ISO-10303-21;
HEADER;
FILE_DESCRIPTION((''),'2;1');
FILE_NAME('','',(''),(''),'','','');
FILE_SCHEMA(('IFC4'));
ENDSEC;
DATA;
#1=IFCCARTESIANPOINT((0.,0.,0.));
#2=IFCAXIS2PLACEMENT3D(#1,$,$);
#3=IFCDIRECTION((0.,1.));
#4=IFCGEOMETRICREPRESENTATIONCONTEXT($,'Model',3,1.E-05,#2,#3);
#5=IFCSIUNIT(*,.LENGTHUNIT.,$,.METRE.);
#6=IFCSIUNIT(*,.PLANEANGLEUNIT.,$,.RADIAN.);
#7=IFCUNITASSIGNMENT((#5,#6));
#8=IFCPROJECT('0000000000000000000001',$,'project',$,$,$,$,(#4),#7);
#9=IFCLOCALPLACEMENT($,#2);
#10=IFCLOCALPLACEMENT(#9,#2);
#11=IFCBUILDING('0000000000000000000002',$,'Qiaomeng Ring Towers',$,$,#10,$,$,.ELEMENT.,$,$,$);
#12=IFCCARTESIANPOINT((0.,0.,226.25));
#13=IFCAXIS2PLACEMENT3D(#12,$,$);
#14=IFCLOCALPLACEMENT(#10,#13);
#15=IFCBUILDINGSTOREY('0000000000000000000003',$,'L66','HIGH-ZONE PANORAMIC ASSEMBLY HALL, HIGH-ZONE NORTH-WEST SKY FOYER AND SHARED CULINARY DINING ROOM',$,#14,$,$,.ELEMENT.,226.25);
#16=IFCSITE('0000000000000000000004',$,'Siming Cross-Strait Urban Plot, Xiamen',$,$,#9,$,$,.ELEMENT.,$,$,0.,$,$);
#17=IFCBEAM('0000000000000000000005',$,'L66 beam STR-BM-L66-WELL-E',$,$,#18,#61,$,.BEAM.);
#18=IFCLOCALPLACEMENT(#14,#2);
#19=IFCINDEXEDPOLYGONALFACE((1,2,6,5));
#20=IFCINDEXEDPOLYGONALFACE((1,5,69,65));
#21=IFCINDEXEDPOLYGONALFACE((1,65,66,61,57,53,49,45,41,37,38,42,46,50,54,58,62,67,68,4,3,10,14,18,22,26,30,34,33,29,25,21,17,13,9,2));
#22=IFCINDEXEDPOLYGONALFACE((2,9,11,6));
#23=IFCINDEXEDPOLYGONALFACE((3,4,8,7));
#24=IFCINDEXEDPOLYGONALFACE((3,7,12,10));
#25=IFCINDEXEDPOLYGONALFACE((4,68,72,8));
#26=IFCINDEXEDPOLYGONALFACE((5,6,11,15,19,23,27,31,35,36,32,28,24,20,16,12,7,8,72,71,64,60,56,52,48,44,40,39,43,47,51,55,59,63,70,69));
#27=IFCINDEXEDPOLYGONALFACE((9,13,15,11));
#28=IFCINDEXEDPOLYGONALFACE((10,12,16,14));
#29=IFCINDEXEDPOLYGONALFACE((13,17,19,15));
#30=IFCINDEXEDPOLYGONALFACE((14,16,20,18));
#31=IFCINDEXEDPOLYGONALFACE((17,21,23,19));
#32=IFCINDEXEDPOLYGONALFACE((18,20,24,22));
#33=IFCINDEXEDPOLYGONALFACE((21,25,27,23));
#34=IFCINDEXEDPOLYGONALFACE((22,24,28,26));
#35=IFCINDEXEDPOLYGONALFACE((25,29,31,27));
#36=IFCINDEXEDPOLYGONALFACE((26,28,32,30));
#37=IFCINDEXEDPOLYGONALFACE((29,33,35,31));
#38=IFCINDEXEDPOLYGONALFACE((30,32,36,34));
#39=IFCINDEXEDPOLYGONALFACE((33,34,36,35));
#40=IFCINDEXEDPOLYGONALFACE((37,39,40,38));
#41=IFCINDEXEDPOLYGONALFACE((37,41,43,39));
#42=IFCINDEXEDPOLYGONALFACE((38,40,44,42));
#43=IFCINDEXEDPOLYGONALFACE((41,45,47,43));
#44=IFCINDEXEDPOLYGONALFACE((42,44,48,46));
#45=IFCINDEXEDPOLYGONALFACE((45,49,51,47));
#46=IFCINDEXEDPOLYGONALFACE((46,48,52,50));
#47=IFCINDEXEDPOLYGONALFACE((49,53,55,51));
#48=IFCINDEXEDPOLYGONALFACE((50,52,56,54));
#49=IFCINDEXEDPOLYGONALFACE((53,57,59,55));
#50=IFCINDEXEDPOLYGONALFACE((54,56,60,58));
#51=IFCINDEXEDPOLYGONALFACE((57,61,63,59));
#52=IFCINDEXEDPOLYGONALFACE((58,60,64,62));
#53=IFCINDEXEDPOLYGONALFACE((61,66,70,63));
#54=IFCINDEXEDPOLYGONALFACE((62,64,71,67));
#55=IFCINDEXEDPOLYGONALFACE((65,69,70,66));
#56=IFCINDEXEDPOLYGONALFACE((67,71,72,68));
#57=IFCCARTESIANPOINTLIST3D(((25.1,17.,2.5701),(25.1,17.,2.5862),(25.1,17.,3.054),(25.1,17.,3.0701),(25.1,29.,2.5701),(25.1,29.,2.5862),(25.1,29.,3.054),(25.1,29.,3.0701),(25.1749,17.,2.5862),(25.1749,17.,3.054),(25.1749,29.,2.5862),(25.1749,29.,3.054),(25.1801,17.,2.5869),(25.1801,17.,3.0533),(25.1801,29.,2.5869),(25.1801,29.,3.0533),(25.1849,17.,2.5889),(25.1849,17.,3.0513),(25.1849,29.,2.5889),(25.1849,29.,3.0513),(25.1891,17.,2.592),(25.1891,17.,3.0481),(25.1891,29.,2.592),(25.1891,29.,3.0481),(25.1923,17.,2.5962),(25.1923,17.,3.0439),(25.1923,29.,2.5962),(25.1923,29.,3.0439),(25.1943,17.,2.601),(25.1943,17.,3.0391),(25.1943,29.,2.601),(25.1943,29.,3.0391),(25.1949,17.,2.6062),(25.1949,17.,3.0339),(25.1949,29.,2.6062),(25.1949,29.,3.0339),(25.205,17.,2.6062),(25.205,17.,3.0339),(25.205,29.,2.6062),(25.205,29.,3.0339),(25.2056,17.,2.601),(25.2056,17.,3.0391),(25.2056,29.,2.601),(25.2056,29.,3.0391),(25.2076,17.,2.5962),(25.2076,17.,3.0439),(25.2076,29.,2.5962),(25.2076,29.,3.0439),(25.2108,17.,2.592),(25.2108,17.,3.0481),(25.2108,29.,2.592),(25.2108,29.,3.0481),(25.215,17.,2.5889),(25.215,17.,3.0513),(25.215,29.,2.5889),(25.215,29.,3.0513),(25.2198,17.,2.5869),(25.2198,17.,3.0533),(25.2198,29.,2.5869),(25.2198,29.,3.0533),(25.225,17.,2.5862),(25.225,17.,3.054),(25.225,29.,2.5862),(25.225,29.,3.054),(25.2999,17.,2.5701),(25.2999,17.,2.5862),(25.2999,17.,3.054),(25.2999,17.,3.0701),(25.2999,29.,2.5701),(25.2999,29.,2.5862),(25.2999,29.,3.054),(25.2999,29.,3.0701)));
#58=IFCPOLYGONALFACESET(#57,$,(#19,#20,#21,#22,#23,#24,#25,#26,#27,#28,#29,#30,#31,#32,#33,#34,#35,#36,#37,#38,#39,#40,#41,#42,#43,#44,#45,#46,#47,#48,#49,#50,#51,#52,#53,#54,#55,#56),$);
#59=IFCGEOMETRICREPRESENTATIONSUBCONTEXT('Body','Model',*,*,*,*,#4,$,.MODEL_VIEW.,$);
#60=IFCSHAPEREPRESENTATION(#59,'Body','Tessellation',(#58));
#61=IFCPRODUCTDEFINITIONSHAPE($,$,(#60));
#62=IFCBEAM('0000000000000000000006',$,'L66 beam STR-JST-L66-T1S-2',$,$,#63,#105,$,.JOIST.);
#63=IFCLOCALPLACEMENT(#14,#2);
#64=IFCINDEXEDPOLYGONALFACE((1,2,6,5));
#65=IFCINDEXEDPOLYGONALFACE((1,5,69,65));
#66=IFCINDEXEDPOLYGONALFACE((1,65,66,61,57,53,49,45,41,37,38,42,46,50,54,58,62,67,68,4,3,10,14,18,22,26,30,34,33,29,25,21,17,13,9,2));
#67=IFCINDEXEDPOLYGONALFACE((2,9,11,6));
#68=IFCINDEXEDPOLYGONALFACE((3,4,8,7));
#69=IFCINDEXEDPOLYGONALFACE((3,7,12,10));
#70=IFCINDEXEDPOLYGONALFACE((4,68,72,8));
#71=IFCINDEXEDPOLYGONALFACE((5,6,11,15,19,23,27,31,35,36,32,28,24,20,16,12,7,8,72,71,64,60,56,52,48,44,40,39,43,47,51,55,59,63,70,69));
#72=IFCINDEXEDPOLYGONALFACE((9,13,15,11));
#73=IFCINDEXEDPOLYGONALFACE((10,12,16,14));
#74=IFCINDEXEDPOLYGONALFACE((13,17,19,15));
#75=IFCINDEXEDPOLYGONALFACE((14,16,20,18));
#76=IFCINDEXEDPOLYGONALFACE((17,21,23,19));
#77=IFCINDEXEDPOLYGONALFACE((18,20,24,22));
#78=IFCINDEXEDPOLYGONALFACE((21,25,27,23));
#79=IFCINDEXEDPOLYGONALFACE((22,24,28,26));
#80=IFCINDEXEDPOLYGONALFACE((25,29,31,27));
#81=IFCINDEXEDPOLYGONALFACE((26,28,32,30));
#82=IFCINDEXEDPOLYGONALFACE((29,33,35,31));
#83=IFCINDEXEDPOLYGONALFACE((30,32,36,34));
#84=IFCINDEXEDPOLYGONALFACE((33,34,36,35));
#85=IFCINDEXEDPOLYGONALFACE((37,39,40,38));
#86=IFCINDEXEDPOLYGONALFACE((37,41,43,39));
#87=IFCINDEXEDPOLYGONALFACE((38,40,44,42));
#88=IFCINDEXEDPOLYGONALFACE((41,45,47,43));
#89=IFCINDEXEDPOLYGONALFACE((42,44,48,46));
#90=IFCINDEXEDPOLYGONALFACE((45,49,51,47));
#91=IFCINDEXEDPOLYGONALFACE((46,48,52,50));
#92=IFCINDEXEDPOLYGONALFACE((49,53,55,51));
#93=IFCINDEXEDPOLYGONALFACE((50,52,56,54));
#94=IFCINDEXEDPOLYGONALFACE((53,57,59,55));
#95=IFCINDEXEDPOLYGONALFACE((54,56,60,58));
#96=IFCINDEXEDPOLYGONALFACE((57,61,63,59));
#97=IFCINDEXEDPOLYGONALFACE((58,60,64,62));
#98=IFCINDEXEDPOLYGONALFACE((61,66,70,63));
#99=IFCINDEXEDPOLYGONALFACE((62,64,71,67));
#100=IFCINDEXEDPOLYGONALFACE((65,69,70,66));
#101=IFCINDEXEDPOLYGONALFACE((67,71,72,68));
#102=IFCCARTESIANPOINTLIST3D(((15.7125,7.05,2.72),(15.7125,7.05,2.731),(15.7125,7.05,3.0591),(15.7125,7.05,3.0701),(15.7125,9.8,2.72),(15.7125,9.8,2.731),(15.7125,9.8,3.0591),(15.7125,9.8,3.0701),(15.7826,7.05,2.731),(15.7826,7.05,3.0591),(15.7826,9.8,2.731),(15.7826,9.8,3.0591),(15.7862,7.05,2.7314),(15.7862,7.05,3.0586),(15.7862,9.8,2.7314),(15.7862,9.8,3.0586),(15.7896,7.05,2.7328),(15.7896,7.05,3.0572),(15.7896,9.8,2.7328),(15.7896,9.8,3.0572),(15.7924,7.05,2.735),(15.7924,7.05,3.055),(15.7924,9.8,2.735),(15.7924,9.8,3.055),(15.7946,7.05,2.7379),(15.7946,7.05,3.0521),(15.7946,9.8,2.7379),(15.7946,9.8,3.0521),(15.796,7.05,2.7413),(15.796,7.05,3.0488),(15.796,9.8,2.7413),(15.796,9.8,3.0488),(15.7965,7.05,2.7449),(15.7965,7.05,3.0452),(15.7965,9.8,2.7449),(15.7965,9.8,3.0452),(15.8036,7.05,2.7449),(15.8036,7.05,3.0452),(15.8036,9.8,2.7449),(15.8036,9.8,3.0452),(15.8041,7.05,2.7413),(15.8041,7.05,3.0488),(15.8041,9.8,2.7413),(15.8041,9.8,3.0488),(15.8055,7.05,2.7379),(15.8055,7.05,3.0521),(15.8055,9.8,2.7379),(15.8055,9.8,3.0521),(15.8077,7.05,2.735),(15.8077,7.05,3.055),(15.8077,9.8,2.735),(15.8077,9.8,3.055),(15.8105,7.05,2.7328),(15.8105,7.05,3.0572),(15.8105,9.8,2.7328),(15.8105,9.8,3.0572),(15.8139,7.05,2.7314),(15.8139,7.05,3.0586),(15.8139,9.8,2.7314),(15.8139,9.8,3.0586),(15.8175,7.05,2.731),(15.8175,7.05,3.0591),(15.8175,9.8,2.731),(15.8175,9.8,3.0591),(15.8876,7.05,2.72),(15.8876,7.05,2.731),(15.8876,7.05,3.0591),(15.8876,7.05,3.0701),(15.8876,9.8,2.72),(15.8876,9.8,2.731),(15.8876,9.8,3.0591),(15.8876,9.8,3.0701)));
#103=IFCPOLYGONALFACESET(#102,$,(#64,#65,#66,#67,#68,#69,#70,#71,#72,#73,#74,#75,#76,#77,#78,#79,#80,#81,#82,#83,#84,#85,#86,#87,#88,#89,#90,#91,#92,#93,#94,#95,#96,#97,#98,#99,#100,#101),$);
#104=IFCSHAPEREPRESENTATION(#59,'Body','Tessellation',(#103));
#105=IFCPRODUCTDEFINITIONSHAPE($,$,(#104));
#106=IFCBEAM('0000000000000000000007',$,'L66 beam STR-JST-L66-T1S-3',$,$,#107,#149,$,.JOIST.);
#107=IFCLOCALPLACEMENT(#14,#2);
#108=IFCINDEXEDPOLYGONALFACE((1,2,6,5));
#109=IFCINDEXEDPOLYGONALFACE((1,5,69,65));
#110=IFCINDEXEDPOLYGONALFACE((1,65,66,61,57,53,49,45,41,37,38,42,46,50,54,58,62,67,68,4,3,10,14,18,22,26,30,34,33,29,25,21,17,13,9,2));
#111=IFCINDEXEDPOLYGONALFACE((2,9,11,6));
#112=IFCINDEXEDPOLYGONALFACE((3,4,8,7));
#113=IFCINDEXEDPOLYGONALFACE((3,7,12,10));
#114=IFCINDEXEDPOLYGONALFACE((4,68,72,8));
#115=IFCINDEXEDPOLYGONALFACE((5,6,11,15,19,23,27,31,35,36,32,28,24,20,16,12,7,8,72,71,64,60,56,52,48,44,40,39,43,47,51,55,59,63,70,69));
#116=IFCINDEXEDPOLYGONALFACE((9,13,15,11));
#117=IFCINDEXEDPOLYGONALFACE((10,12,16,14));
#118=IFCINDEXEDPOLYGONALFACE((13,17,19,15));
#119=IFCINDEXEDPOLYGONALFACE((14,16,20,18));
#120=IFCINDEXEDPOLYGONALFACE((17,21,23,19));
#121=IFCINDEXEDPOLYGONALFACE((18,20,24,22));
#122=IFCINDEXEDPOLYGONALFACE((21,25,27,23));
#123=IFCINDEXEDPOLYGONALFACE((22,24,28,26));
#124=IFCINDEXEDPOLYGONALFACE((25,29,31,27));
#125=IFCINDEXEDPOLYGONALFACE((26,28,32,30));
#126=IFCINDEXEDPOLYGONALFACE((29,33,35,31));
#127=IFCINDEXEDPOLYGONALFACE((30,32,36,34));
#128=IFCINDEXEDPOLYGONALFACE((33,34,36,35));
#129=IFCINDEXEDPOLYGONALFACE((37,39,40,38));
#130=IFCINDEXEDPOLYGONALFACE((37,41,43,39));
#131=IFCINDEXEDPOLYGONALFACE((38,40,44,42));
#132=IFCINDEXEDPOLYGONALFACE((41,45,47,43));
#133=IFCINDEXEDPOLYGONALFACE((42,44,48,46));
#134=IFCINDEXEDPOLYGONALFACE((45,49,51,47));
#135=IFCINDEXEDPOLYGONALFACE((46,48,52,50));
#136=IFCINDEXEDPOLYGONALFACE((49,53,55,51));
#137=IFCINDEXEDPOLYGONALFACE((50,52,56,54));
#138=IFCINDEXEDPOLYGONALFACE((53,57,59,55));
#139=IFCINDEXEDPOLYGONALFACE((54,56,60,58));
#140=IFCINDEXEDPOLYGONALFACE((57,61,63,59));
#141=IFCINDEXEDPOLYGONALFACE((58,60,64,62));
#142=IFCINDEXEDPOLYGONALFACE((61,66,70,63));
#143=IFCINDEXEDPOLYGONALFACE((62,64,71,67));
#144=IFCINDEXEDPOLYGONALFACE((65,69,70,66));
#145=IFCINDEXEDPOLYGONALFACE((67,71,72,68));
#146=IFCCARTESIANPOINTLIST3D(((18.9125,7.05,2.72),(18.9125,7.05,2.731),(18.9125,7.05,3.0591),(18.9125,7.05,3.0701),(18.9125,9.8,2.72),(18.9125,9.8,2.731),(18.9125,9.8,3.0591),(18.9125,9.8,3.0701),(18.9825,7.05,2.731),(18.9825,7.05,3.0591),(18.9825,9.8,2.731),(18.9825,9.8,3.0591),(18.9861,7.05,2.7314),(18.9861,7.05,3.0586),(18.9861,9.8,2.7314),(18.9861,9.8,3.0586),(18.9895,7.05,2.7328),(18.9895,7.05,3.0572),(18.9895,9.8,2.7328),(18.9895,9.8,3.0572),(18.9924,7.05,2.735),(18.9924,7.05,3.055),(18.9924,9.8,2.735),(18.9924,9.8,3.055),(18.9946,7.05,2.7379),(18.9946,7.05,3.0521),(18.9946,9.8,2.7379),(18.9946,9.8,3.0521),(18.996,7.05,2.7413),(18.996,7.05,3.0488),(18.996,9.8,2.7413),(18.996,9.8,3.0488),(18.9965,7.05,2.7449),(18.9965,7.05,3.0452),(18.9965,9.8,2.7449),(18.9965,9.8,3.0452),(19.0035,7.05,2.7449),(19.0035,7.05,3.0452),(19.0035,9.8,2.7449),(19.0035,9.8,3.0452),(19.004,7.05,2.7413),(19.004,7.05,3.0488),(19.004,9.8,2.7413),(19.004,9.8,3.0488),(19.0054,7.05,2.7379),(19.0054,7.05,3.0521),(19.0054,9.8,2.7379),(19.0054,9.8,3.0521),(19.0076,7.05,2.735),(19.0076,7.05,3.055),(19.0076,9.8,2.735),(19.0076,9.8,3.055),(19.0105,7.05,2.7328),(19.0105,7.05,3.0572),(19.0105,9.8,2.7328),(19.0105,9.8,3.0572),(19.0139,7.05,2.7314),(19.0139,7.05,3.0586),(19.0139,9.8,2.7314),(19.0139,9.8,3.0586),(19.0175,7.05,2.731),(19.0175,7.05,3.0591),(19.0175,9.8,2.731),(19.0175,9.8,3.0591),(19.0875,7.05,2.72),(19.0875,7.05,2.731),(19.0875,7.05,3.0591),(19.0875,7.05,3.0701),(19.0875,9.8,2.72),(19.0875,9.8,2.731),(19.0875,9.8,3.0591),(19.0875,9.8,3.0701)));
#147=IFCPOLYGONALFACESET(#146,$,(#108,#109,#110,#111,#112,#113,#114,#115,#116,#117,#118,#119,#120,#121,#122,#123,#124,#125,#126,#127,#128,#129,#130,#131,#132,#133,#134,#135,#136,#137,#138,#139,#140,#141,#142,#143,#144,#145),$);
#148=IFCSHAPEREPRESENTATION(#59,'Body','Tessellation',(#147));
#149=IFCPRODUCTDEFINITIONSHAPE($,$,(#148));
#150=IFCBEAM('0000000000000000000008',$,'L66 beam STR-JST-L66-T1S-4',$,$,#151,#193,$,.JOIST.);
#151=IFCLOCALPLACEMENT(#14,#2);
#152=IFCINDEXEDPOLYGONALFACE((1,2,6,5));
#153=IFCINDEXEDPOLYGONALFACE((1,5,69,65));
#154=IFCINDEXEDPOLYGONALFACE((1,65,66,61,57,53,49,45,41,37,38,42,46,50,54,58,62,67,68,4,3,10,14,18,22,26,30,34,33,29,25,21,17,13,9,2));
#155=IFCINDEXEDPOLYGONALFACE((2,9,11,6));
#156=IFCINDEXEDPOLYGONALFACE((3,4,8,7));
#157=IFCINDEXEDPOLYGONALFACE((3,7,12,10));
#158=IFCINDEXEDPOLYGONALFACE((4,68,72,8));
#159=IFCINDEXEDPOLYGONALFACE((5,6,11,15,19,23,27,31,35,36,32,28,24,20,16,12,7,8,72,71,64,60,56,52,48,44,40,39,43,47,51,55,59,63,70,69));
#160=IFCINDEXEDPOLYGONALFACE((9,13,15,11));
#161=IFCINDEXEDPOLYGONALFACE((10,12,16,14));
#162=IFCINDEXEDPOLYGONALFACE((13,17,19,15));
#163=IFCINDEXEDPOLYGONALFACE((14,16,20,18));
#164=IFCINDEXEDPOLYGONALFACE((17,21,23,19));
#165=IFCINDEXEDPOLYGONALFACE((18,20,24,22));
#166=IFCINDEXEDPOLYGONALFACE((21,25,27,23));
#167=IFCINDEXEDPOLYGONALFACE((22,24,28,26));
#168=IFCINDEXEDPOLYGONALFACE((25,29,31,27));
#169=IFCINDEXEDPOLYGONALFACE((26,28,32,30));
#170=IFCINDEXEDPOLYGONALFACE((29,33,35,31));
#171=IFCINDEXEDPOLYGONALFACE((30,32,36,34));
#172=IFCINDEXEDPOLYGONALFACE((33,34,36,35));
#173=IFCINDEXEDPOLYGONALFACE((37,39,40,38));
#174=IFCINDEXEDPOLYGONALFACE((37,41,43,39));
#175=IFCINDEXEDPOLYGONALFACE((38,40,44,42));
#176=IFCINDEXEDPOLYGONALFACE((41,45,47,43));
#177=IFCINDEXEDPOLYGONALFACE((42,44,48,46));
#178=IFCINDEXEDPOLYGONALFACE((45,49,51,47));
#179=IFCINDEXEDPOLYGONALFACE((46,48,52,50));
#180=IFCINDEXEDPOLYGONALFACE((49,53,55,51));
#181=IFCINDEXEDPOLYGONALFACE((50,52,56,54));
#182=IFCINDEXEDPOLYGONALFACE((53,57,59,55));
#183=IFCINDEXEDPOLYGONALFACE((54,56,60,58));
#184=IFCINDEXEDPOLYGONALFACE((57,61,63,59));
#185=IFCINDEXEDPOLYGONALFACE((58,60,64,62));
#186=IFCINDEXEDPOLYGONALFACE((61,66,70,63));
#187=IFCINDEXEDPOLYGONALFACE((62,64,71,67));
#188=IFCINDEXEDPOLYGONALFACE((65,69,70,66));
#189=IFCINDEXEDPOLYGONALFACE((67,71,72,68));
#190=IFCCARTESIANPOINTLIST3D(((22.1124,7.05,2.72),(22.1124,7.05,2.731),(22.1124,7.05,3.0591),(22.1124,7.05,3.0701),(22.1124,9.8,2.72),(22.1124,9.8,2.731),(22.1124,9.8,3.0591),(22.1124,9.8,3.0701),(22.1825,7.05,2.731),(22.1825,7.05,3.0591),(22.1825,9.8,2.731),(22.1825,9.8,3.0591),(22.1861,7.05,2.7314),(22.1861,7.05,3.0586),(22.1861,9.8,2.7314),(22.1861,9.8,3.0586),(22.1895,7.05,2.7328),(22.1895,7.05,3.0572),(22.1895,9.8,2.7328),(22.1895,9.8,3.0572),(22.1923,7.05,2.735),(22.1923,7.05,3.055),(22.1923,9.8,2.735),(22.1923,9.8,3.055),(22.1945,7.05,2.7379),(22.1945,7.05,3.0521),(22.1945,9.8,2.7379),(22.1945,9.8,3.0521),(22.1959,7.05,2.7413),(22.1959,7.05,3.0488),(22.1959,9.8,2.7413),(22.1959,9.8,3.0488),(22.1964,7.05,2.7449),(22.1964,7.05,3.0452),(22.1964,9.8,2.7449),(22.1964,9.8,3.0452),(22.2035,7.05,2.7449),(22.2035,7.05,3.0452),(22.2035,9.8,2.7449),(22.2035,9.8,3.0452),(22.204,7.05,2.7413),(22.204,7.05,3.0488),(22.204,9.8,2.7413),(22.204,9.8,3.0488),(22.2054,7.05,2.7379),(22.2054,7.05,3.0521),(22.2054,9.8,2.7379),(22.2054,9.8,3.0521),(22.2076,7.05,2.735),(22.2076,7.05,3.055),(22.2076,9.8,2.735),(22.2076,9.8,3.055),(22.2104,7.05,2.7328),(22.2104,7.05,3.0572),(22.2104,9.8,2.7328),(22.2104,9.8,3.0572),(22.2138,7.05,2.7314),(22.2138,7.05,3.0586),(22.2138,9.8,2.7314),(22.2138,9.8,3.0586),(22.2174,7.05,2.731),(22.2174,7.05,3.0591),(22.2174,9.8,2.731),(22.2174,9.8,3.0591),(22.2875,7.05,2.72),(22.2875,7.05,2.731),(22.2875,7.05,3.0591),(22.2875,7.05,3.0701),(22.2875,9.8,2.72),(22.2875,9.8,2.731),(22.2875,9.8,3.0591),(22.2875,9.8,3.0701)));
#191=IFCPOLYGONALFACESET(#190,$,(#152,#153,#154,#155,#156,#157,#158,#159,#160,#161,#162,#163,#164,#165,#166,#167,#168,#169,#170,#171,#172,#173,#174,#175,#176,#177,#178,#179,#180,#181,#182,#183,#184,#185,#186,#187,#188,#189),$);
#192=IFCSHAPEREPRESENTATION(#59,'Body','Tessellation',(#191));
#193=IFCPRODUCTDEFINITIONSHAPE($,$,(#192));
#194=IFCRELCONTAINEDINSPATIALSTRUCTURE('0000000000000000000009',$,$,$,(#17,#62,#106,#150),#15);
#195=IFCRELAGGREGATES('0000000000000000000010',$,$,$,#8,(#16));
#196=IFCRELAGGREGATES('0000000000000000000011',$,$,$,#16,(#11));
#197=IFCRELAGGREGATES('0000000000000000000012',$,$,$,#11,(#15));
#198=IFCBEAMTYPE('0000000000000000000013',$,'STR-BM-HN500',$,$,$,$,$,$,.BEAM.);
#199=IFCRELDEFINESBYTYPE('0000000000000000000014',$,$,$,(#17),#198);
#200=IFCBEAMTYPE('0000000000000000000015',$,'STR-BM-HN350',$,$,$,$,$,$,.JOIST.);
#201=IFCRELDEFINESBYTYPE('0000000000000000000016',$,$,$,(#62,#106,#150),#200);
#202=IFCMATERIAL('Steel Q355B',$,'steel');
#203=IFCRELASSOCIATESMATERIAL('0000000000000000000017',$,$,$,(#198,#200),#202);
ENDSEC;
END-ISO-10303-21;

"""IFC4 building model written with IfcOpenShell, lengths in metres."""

from ifc_helpers import new_model, si_unit, direction, frame, origin, origin_2d, place, context, subcontext, project, spatial, i_section, extrude, source, transform, mapped, material, material_profile, profile_set, type_object, element, save


model = new_model("IFC4")

# Units and contexts
model_context = context("Model", 3, precision=1e-05, world=origin(), true_north=direction((0.0, 1.0)))
body_context = subcontext(model_context, "Body", "Model", "MODEL_VIEW")
ifc_project = project(units=[si_unit("LENGTHUNIT", "METRE"), si_unit("PLANEANGLEUNIT", "RADIAN")], contexts=[model_context])

# Site, building, storey
site_placement = place(None, origin())
site = spatial("IfcSite", under=ifc_project, at=site_placement, Name="Siming Cross-Strait Urban Plot, Xiamen", CompositionType="ELEMENT", RefElevation=0.0)
building_placement = place(site_placement, origin())
building = spatial("IfcBuilding", under=site, at=building_placement, Name="Qiaomeng Ring Towers", CompositionType="ELEMENT")
storey_placement = place(building_placement, frame((0.0, 0.0, 226.25)))
storey = spatial("IfcBuildingStorey", under=building, at=storey_placement, Name="L66", Description="HIGH-ZONE PANORAMIC ASSEMBLY HALL, HIGH-ZONE NORTH-WEST SKY FOYER AND SHARED CULINARY DINING ROOM", CompositionType="ELEMENT", Elevation=226.25)

# Beams
ifc_material_1 = material(Name="Steel Q355B", Category="steel")
ifc_material_profile_1 = material_profile(ifc_material_1, i_section(OverallWidth=0.2, OverallDepth=0.5, WebThickness=0.01, FlangeThickness=0.0161, FilletRadius=0.02, at=origin_2d()), Name="HN 500x200x10x16")
ifc_profile_set_1 = profile_set([ifc_material_profile_1], Name="Steel Q355B")
beam_type_1 = type_object("IfcBeamType", Name="STR-BM-HN500", PredefinedType="BEAM", material=ifc_profile_set_1)
shared_shape_1 = source(origin(), body_context, "Body", "SweptSolid", [
    extrude(i_section(OverallWidth=0.2, OverallDepth=0.5, WebThickness=0.01, FlangeThickness=0.0161, FilletRadius=0.02, at=origin_2d()), origin(), (0.0, 0.0, 1.0), 12.0),
])
beam_1_placement = place(storey_placement, frame((25.2, 17.0, 2.8201), z_axis=(0.0, 1.0, 0.0), x_axis=(-1.0, 0.0, 0.0)))
element("IfcBeam", 1, at=beam_1_placement, inside=storey, type_object=beam_type_1, Name="L66 beam STR-BM-L66-WELL-E", PredefinedType="BEAM", context=body_context, shape_type="MappedRepresentation", body=[
    mapped(shared_shape_1, transform((0.0, 0.0, 0.0), x_axis=(1.0, 0.0, 0.0), y_axis=(0.0, 1.0, 0.0), z_axis=(0.0, 0.0, 1.0), scale=1.0)),
])
ifc_material_profile_2 = material_profile(ifc_material_1, i_section(OverallWidth=0.175, OverallDepth=0.3501, WebThickness=0.0071, FlangeThickness=0.011, FilletRadius=0.0139, at=origin_2d()), Name="HN 350x175x7x11")
ifc_profile_set_2 = profile_set([ifc_material_profile_2], Name="Steel Q355B")
beam_type_2 = type_object("IfcBeamType", Name="STR-BM-HN350", PredefinedType="JOIST", material=ifc_profile_set_2)
shared_shape_2 = source(origin(), body_context, "Body", "SweptSolid", [
    extrude(i_section(OverallWidth=0.175, OverallDepth=0.3501, WebThickness=0.0071, FlangeThickness=0.011, FilletRadius=0.0139, at=origin_2d()), origin(), (0.0, 0.0, 1.0), 2.75),
])
for number, where, z_axis, x_axis, name in (
    (2, (15.8, 7.05, 2.895), (0.0, 1.0, 0.0), (-1.0, 0.0, 0.0), "L66 beam STR-JST-L66-T1S-2"),
    (3, (19.0, 7.05, 2.895), (0.0, 1.0, 0.0), (-1.0, 0.0, 0.0), "L66 beam STR-JST-L66-T1S-3"),
    (4, (22.2, 7.05, 2.895), (0.0, 1.0, 0.0), (-1.0, 0.0, 0.0), "L66 beam STR-JST-L66-T1S-4"),
):
    element("IfcBeam", number, at=place(storey_placement, frame(where, z_axis=z_axis, x_axis=x_axis)), inside=storey, type_object=beam_type_2, Name=name, PredefinedType="JOIST", context=body_context, shape_type="MappedRepresentation", body=[
        mapped(shared_shape_2, transform((0.0, 0.0, 0.0), x_axis=(1.0, 0.0, 0.0), y_axis=(0.0, 1.0, 0.0), z_axis=(0.0, 0.0, 1.0), scale=1.0)),
    ])

save(model, "model.ifc")
